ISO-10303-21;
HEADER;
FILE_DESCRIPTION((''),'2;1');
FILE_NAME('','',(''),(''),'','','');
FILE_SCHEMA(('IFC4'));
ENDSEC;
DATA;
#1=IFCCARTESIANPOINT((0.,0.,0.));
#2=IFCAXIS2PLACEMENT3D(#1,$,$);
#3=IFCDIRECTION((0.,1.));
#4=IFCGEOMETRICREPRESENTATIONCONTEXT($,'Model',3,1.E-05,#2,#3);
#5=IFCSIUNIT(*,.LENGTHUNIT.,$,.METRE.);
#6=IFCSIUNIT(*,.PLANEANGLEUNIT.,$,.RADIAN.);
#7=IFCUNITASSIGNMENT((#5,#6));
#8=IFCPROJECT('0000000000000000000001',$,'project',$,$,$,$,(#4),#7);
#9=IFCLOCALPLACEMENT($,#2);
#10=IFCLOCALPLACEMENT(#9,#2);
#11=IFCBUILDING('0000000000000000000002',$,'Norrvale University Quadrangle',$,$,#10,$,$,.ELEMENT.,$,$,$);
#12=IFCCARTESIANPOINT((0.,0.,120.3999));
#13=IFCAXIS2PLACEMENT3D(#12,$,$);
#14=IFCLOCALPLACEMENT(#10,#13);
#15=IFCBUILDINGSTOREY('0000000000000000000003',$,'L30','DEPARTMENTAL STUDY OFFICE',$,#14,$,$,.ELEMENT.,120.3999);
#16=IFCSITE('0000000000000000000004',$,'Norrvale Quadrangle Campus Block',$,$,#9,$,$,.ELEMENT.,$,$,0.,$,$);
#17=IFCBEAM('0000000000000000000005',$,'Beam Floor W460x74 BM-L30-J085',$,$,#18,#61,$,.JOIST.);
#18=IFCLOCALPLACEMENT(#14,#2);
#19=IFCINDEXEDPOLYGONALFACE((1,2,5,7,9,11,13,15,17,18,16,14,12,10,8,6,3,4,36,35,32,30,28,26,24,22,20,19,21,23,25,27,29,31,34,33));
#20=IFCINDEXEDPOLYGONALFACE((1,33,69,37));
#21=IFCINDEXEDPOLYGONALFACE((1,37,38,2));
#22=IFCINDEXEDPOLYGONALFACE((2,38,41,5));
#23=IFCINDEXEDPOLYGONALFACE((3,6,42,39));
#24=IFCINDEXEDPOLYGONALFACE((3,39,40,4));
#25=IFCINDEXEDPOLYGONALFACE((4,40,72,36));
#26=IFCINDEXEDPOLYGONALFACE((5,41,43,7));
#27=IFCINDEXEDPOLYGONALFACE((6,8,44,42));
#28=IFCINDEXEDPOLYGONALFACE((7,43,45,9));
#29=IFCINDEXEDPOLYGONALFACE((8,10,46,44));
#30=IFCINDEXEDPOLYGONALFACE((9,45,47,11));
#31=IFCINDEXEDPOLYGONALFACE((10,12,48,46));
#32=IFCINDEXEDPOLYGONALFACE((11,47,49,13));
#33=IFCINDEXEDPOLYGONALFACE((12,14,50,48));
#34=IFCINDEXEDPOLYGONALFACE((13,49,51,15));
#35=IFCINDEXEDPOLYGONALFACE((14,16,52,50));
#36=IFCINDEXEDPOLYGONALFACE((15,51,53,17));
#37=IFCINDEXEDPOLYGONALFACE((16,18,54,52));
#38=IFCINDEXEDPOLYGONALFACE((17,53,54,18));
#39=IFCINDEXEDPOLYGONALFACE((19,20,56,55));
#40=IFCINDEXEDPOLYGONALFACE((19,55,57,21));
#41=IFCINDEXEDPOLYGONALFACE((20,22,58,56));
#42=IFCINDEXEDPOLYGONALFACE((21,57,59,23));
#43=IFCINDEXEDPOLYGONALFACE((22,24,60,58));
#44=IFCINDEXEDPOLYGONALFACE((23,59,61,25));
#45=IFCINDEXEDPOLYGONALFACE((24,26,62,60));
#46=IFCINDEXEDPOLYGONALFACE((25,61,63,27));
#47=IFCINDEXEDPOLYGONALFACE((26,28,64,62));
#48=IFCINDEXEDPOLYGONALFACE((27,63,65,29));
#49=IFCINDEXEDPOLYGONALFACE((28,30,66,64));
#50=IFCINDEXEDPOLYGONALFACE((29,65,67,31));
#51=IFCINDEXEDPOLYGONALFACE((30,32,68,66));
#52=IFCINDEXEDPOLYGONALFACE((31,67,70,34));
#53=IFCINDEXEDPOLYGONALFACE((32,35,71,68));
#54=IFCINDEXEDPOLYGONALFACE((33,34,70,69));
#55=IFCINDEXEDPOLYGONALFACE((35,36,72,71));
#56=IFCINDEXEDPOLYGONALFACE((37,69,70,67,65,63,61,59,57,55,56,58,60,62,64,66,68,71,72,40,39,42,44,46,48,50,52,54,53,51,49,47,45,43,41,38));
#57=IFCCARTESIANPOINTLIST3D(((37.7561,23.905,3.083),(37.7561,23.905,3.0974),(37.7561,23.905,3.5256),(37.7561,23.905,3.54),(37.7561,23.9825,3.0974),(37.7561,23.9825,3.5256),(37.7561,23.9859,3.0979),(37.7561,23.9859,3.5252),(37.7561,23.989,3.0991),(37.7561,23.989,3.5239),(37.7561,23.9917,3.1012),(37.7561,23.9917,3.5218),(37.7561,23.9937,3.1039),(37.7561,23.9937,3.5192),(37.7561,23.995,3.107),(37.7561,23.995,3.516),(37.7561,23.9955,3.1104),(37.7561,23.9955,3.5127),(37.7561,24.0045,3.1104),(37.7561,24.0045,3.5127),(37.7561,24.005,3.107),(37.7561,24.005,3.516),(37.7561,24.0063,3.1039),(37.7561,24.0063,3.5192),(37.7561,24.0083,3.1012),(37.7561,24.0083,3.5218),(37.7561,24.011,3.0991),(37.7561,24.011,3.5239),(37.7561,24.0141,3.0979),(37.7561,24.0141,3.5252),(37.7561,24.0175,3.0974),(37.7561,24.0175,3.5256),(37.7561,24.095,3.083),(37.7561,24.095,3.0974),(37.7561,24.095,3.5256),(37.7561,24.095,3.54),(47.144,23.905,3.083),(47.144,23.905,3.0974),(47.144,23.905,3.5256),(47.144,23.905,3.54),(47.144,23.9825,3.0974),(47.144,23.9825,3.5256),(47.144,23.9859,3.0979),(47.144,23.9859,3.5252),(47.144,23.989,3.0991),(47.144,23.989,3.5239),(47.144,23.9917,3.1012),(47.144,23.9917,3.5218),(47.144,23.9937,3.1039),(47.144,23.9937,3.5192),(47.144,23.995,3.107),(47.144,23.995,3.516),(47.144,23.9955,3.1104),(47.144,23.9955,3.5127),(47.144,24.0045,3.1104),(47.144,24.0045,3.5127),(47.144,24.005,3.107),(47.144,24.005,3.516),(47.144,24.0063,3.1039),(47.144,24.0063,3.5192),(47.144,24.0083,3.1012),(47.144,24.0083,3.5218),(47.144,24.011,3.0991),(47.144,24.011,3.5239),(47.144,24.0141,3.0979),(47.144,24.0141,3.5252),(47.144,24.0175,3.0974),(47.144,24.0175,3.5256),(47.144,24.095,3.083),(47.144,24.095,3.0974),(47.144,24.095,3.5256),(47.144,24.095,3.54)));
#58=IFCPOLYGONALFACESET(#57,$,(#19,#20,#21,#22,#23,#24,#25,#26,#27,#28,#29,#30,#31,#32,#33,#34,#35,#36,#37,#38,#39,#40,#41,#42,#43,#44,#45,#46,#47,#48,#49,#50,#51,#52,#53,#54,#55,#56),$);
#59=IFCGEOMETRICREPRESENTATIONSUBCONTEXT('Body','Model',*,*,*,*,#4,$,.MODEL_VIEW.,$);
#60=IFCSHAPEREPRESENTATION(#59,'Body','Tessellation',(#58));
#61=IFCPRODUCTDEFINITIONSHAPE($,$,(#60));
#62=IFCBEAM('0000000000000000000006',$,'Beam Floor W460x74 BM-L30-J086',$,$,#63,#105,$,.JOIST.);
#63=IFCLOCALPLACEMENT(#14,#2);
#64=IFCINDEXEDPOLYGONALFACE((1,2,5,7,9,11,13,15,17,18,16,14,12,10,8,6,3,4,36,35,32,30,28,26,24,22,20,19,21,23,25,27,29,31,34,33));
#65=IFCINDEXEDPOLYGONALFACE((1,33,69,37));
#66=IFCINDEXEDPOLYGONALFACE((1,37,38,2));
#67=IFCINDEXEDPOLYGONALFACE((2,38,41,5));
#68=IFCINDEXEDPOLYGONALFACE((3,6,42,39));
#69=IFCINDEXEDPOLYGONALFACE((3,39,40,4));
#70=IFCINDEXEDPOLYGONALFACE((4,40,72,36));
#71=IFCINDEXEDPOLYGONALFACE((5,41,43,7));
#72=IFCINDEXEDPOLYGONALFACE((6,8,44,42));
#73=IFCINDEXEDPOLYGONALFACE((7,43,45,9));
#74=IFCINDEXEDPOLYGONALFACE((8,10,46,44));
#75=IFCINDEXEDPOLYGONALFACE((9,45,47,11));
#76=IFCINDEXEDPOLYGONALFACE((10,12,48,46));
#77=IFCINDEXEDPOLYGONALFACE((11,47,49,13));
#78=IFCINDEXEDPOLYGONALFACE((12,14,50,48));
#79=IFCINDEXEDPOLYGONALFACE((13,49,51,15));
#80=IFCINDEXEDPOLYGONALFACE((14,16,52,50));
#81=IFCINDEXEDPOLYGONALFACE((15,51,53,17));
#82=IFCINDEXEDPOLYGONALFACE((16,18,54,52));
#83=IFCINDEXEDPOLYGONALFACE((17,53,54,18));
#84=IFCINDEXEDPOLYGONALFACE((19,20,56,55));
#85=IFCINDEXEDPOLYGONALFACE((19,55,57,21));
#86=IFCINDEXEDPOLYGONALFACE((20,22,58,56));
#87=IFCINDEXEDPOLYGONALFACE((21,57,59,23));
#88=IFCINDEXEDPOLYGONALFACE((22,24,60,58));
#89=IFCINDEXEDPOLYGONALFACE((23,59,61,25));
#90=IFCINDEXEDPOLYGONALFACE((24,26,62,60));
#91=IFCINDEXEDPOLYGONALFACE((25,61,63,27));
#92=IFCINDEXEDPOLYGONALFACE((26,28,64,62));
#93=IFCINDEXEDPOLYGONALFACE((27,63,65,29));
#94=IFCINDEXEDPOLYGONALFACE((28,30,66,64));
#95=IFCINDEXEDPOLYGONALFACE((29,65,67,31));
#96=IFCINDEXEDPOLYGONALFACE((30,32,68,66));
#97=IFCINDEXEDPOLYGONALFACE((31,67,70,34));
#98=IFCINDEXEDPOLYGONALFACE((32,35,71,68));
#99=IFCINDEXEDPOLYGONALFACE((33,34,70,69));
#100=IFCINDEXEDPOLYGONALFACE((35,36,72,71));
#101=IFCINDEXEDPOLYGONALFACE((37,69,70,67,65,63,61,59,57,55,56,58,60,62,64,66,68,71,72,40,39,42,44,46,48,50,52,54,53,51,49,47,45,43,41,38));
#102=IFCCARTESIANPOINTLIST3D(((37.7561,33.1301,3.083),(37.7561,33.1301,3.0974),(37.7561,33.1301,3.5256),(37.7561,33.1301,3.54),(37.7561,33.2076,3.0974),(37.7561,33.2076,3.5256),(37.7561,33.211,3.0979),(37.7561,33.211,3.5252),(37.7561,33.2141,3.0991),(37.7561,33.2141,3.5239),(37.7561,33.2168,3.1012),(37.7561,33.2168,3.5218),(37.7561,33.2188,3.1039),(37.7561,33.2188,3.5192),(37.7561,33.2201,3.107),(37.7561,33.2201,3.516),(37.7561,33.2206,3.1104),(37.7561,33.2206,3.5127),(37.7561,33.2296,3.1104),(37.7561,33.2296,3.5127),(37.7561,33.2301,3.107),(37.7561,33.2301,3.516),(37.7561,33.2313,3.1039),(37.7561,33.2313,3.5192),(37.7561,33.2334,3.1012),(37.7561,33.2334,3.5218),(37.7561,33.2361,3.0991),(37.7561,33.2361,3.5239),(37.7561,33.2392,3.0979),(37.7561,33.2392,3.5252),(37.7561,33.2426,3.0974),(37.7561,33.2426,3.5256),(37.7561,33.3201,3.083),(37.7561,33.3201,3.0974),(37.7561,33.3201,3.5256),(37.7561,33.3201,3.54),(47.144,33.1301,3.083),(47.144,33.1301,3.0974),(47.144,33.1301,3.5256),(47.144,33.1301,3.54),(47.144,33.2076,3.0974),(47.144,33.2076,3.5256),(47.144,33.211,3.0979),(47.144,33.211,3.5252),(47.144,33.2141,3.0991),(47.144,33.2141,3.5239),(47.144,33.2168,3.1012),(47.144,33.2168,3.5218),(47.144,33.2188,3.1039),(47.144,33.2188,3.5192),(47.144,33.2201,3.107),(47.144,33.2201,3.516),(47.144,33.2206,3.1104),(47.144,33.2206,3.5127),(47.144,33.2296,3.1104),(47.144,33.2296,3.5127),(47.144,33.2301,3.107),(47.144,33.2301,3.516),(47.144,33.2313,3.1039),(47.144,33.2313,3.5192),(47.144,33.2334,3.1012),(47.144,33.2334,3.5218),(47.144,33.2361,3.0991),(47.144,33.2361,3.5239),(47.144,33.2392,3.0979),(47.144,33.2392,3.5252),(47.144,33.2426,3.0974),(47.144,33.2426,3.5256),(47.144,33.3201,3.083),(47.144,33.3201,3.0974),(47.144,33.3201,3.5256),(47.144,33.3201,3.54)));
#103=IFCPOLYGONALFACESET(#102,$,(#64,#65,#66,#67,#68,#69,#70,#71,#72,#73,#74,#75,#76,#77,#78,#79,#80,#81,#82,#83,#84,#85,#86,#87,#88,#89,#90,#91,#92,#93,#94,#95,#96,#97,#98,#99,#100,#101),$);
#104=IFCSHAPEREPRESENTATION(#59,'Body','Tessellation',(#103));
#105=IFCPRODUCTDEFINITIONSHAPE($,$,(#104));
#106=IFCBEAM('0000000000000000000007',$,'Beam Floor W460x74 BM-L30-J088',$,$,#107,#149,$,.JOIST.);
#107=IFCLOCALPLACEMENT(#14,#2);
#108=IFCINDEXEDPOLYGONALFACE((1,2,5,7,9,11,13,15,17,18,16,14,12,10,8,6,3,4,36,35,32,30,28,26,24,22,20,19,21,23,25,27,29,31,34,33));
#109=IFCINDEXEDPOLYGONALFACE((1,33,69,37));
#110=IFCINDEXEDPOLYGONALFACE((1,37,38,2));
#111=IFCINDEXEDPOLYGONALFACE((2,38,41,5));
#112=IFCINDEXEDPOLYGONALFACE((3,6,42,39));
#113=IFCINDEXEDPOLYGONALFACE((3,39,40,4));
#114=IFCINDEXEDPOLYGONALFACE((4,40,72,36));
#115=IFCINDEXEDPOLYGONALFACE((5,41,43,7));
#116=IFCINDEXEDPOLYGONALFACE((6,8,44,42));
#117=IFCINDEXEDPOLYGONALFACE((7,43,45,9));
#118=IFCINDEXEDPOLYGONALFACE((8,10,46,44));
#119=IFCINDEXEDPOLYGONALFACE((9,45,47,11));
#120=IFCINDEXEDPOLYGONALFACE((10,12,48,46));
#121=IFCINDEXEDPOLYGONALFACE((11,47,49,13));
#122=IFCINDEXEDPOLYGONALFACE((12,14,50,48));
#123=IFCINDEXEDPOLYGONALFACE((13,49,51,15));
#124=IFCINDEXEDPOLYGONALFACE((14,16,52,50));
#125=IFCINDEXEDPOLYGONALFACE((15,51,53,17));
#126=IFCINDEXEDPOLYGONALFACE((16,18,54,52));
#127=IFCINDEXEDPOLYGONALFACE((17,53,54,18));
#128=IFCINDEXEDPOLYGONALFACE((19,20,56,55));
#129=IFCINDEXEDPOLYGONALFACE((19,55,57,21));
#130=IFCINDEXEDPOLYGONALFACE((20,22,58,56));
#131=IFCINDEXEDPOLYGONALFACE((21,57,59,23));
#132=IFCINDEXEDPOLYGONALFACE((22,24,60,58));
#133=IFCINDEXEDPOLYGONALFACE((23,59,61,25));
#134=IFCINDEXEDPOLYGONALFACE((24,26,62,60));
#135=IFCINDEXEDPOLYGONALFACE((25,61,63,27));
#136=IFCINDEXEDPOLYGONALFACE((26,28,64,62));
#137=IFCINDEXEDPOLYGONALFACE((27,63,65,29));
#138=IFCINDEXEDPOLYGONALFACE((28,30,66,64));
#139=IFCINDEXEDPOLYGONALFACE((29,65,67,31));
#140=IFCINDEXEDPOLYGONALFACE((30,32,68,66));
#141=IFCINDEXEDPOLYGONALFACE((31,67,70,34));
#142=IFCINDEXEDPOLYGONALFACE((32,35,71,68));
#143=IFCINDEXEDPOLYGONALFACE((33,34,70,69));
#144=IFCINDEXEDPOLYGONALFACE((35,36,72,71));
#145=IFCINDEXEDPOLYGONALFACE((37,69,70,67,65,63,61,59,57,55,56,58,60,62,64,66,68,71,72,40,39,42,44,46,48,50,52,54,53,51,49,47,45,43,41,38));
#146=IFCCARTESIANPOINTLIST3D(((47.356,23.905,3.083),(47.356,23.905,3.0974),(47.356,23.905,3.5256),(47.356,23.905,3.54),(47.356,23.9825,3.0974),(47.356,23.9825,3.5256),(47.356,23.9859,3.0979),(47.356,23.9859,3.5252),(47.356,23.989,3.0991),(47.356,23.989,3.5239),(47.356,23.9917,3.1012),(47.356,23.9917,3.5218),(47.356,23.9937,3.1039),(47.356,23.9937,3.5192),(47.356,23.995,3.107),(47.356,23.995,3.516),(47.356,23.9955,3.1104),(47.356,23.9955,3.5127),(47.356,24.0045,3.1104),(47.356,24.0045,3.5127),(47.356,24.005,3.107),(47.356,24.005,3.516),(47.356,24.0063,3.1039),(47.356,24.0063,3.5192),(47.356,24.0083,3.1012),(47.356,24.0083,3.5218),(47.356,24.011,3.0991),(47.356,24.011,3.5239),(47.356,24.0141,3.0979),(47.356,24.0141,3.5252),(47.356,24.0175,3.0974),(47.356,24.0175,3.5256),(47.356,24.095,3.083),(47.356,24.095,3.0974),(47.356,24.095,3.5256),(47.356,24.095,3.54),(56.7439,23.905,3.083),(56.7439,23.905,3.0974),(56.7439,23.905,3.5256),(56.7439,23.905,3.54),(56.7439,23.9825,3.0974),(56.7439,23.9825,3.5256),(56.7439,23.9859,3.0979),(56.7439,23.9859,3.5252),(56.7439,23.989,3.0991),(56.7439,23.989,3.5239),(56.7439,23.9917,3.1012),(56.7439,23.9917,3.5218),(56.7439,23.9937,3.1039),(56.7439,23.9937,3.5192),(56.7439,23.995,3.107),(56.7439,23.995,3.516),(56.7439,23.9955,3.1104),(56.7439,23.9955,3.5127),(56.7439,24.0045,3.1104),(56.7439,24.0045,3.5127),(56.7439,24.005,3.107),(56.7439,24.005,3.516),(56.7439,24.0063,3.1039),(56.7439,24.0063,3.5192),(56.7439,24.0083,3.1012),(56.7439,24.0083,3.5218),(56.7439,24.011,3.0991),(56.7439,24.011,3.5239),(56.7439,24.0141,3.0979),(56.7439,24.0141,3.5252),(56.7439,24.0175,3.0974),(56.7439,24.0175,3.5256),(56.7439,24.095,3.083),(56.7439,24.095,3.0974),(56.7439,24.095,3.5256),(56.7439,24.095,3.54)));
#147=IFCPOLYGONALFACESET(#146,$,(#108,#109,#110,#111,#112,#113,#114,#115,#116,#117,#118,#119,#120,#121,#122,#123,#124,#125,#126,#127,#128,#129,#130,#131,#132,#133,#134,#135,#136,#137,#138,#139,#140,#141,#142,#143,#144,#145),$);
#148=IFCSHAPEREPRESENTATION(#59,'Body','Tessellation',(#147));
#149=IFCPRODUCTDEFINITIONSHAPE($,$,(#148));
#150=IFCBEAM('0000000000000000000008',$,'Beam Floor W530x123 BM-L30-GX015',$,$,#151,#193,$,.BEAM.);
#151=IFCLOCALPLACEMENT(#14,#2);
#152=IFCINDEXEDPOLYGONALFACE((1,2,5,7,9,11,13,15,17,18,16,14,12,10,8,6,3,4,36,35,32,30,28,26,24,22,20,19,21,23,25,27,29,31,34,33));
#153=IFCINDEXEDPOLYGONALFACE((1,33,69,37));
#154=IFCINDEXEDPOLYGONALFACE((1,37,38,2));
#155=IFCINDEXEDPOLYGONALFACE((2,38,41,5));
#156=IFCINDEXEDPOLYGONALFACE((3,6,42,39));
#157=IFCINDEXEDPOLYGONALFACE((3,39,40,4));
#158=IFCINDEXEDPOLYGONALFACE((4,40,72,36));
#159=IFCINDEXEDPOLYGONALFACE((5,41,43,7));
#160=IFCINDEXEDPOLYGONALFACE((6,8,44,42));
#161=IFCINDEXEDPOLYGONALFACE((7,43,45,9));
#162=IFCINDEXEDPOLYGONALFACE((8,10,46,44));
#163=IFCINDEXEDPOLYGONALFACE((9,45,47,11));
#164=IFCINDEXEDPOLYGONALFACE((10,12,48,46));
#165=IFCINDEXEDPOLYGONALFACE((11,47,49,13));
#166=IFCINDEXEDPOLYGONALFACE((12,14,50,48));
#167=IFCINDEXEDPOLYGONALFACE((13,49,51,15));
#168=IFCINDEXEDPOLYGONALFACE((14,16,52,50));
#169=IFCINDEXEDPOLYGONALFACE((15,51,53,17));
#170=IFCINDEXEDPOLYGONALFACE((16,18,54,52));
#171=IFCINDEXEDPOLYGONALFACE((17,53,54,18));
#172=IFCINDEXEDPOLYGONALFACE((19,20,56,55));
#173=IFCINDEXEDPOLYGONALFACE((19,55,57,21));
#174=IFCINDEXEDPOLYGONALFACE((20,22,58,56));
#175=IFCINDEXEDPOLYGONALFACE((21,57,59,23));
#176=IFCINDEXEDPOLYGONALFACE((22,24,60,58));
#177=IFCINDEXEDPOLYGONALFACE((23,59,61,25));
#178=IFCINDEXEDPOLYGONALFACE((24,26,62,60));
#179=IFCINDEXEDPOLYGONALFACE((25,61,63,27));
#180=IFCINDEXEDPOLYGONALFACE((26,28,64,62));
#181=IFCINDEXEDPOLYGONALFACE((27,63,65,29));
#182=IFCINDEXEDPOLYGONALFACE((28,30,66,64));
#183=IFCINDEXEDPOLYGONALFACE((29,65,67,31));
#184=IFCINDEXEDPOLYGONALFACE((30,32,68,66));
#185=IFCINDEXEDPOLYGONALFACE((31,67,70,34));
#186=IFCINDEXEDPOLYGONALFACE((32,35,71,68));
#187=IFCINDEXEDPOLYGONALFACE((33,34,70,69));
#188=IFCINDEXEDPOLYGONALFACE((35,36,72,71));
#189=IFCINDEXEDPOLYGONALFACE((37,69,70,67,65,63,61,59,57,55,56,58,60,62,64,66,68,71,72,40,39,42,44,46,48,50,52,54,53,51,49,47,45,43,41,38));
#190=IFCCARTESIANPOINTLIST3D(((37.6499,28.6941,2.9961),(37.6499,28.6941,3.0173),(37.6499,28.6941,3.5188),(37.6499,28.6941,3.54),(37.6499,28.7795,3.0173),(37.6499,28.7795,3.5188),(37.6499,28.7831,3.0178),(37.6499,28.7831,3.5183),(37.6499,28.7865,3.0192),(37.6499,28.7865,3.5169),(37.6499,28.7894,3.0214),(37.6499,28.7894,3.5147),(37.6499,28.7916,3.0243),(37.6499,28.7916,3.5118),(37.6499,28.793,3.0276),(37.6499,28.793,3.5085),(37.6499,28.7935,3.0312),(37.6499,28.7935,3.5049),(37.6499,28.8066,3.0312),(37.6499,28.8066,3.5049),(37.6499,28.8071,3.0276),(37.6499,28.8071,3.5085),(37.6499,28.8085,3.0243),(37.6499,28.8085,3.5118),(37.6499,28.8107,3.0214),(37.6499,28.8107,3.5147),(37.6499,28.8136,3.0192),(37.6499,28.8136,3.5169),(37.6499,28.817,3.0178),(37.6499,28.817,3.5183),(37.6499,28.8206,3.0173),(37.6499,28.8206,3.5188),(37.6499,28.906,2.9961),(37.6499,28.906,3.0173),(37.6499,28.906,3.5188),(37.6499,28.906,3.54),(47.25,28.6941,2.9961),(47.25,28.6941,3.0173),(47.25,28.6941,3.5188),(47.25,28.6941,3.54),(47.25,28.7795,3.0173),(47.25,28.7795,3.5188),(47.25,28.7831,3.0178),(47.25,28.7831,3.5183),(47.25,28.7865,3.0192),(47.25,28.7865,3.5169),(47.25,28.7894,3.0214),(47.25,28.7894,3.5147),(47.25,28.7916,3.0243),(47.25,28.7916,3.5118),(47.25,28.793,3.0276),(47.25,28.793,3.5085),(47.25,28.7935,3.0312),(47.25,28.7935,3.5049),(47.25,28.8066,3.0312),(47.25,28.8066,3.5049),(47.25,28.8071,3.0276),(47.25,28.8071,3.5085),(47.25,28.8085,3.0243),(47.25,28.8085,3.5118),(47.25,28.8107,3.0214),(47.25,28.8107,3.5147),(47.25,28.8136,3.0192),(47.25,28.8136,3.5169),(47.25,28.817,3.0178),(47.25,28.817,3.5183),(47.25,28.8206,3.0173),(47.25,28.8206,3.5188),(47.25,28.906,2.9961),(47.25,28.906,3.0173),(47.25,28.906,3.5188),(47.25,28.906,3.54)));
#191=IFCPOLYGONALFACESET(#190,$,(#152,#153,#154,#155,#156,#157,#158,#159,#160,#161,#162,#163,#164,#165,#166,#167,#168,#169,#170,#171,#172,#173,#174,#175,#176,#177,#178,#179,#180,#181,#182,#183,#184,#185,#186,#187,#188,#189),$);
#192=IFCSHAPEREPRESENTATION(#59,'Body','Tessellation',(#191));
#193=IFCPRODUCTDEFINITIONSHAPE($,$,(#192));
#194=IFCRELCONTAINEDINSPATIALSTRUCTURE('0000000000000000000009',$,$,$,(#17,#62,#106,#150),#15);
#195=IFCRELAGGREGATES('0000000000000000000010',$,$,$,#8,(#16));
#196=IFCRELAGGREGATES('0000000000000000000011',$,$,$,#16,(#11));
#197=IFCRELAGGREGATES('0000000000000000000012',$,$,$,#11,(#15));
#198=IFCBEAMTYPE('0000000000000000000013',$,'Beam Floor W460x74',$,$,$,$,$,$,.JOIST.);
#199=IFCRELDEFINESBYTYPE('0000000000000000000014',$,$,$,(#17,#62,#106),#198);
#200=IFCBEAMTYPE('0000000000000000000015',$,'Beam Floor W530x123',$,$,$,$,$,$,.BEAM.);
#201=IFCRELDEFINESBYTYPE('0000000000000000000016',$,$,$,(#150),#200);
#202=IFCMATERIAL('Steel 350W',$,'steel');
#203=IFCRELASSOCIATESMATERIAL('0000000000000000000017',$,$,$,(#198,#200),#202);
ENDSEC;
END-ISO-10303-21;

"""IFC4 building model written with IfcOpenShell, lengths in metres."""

from ifc_helpers import new_model, si_unit, direction, frame, origin, origin_2d, place, context, subcontext, project, spatial, i_section, extrude, material, material_profile, profile_set, type_object, element, save


model = new_model("IFC4")

# Units and contexts
model_context = context("Model", 3, precision=1e-05, world=origin(), true_north=direction((0.0, 1.0)))
body_context = subcontext(model_context, "Body", "Model", "MODEL_VIEW")
ifc_project = project(units=[si_unit("LENGTHUNIT", "METRE"), si_unit("PLANEANGLEUNIT", "RADIAN")], contexts=[model_context])

# Site, building, storey
site_placement = place(None, origin())
site = spatial("IfcSite", under=ifc_project, at=site_placement, Name="Norrvale Quadrangle Campus Block", CompositionType="ELEMENT", RefElevation=0.0)
building_placement = place(site_placement, origin())
building = spatial("IfcBuilding", under=site, at=building_placement, Name="Norrvale University Quadrangle", CompositionType="ELEMENT")
storey_placement = place(building_placement, frame((0.0, 0.0, 120.3999)))
storey = spatial("IfcBuildingStorey", under=building, at=storey_placement, Name="L30", Description="DEPARTMENTAL STUDY OFFICE", CompositionType="ELEMENT", Elevation=120.3999)

# Beams
ifc_material_1 = material(Name="Steel 350W", Category="steel")
ifc_material_profile_1 = material_profile(ifc_material_1, i_section(OverallWidth=0.1899, OverallDepth=0.457, WebThickness=0.009, FlangeThickness=0.0144, FilletRadius=0.0129, at=origin_2d()), Name="Steel 350W")
ifc_profile_set_1 = profile_set([ifc_material_profile_1], Name="Steel 350W")
beam_type_1 = type_object("IfcBeamType", Name="Beam Floor W460x74", PredefinedType="JOIST", material=ifc_profile_set_1)
for number, where, z_axis, x_axis, name in (
    (1, (37.7561, 24.0, 3.3115), (1.0, 0.0, 0.0), (0.0, 1.0, 0.0), "Beam Floor W460x74 BM-L30-J085"),
    (2, (37.7561, 33.2251, 3.3115), (1.0, 0.0, 0.0), (0.0, 1.0, 0.0), "Beam Floor W460x74 BM-L30-J086"),
    (3, (47.356, 24.0, 3.3115), (1.0, 0.0, 0.0), (0.0, 1.0, 0.0), "Beam Floor W460x74 BM-L30-J088"),
):
    element("IfcBeam", number, at=place(storey_placement, frame(where, z_axis=z_axis, x_axis=x_axis)), inside=storey, type_object=beam_type_1, Name=name, PredefinedType="JOIST", context=body_context, shape_type="SweptSolid", body=[
        extrude(i_section(OverallWidth=0.1899, OverallDepth=0.457, WebThickness=0.009, FlangeThickness=0.0144, FilletRadius=0.0129, at=origin_2d()), origin(), (0.0, 0.0, 1.0), 9.3879),
    ])
ifc_material_profile_2 = material_profile(ifc_material_1, i_section(OverallWidth=0.2119, OverallDepth=0.5439, WebThickness=0.0132, FlangeThickness=0.0212, FilletRadius=0.0139, at=origin_2d()), Name="Steel 350W")
ifc_profile_set_2 = profile_set([ifc_material_profile_2], Name="Steel 350W")
beam_type_2 = type_object("IfcBeamType", Name="Beam Floor W530x123", PredefinedType="BEAM", material=ifc_profile_set_2)
for number, where, z_axis, x_axis, name in (
    (4, (37.6499, 28.8, 3.2681), (1.0, 0.0, 0.0), (0.0, 1.0, 0.0), "Beam Floor W530x123 BM-L30-GX015"),
):
    element("IfcBeam", number, at=place(storey_placement, frame(where, z_axis=z_axis, x_axis=x_axis)), inside=storey, type_object=beam_type_2, Name=name, PredefinedType="BEAM", context=body_context, shape_type="SweptSolid", body=[
        extrude(i_section(OverallWidth=0.2119, OverallDepth=0.5439, WebThickness=0.0132, FlangeThickness=0.0212, FilletRadius=0.0139, at=origin_2d()), origin(), (0.0, 0.0, 1.0), 9.6001),
    ])

save(model, "model.ifc")
